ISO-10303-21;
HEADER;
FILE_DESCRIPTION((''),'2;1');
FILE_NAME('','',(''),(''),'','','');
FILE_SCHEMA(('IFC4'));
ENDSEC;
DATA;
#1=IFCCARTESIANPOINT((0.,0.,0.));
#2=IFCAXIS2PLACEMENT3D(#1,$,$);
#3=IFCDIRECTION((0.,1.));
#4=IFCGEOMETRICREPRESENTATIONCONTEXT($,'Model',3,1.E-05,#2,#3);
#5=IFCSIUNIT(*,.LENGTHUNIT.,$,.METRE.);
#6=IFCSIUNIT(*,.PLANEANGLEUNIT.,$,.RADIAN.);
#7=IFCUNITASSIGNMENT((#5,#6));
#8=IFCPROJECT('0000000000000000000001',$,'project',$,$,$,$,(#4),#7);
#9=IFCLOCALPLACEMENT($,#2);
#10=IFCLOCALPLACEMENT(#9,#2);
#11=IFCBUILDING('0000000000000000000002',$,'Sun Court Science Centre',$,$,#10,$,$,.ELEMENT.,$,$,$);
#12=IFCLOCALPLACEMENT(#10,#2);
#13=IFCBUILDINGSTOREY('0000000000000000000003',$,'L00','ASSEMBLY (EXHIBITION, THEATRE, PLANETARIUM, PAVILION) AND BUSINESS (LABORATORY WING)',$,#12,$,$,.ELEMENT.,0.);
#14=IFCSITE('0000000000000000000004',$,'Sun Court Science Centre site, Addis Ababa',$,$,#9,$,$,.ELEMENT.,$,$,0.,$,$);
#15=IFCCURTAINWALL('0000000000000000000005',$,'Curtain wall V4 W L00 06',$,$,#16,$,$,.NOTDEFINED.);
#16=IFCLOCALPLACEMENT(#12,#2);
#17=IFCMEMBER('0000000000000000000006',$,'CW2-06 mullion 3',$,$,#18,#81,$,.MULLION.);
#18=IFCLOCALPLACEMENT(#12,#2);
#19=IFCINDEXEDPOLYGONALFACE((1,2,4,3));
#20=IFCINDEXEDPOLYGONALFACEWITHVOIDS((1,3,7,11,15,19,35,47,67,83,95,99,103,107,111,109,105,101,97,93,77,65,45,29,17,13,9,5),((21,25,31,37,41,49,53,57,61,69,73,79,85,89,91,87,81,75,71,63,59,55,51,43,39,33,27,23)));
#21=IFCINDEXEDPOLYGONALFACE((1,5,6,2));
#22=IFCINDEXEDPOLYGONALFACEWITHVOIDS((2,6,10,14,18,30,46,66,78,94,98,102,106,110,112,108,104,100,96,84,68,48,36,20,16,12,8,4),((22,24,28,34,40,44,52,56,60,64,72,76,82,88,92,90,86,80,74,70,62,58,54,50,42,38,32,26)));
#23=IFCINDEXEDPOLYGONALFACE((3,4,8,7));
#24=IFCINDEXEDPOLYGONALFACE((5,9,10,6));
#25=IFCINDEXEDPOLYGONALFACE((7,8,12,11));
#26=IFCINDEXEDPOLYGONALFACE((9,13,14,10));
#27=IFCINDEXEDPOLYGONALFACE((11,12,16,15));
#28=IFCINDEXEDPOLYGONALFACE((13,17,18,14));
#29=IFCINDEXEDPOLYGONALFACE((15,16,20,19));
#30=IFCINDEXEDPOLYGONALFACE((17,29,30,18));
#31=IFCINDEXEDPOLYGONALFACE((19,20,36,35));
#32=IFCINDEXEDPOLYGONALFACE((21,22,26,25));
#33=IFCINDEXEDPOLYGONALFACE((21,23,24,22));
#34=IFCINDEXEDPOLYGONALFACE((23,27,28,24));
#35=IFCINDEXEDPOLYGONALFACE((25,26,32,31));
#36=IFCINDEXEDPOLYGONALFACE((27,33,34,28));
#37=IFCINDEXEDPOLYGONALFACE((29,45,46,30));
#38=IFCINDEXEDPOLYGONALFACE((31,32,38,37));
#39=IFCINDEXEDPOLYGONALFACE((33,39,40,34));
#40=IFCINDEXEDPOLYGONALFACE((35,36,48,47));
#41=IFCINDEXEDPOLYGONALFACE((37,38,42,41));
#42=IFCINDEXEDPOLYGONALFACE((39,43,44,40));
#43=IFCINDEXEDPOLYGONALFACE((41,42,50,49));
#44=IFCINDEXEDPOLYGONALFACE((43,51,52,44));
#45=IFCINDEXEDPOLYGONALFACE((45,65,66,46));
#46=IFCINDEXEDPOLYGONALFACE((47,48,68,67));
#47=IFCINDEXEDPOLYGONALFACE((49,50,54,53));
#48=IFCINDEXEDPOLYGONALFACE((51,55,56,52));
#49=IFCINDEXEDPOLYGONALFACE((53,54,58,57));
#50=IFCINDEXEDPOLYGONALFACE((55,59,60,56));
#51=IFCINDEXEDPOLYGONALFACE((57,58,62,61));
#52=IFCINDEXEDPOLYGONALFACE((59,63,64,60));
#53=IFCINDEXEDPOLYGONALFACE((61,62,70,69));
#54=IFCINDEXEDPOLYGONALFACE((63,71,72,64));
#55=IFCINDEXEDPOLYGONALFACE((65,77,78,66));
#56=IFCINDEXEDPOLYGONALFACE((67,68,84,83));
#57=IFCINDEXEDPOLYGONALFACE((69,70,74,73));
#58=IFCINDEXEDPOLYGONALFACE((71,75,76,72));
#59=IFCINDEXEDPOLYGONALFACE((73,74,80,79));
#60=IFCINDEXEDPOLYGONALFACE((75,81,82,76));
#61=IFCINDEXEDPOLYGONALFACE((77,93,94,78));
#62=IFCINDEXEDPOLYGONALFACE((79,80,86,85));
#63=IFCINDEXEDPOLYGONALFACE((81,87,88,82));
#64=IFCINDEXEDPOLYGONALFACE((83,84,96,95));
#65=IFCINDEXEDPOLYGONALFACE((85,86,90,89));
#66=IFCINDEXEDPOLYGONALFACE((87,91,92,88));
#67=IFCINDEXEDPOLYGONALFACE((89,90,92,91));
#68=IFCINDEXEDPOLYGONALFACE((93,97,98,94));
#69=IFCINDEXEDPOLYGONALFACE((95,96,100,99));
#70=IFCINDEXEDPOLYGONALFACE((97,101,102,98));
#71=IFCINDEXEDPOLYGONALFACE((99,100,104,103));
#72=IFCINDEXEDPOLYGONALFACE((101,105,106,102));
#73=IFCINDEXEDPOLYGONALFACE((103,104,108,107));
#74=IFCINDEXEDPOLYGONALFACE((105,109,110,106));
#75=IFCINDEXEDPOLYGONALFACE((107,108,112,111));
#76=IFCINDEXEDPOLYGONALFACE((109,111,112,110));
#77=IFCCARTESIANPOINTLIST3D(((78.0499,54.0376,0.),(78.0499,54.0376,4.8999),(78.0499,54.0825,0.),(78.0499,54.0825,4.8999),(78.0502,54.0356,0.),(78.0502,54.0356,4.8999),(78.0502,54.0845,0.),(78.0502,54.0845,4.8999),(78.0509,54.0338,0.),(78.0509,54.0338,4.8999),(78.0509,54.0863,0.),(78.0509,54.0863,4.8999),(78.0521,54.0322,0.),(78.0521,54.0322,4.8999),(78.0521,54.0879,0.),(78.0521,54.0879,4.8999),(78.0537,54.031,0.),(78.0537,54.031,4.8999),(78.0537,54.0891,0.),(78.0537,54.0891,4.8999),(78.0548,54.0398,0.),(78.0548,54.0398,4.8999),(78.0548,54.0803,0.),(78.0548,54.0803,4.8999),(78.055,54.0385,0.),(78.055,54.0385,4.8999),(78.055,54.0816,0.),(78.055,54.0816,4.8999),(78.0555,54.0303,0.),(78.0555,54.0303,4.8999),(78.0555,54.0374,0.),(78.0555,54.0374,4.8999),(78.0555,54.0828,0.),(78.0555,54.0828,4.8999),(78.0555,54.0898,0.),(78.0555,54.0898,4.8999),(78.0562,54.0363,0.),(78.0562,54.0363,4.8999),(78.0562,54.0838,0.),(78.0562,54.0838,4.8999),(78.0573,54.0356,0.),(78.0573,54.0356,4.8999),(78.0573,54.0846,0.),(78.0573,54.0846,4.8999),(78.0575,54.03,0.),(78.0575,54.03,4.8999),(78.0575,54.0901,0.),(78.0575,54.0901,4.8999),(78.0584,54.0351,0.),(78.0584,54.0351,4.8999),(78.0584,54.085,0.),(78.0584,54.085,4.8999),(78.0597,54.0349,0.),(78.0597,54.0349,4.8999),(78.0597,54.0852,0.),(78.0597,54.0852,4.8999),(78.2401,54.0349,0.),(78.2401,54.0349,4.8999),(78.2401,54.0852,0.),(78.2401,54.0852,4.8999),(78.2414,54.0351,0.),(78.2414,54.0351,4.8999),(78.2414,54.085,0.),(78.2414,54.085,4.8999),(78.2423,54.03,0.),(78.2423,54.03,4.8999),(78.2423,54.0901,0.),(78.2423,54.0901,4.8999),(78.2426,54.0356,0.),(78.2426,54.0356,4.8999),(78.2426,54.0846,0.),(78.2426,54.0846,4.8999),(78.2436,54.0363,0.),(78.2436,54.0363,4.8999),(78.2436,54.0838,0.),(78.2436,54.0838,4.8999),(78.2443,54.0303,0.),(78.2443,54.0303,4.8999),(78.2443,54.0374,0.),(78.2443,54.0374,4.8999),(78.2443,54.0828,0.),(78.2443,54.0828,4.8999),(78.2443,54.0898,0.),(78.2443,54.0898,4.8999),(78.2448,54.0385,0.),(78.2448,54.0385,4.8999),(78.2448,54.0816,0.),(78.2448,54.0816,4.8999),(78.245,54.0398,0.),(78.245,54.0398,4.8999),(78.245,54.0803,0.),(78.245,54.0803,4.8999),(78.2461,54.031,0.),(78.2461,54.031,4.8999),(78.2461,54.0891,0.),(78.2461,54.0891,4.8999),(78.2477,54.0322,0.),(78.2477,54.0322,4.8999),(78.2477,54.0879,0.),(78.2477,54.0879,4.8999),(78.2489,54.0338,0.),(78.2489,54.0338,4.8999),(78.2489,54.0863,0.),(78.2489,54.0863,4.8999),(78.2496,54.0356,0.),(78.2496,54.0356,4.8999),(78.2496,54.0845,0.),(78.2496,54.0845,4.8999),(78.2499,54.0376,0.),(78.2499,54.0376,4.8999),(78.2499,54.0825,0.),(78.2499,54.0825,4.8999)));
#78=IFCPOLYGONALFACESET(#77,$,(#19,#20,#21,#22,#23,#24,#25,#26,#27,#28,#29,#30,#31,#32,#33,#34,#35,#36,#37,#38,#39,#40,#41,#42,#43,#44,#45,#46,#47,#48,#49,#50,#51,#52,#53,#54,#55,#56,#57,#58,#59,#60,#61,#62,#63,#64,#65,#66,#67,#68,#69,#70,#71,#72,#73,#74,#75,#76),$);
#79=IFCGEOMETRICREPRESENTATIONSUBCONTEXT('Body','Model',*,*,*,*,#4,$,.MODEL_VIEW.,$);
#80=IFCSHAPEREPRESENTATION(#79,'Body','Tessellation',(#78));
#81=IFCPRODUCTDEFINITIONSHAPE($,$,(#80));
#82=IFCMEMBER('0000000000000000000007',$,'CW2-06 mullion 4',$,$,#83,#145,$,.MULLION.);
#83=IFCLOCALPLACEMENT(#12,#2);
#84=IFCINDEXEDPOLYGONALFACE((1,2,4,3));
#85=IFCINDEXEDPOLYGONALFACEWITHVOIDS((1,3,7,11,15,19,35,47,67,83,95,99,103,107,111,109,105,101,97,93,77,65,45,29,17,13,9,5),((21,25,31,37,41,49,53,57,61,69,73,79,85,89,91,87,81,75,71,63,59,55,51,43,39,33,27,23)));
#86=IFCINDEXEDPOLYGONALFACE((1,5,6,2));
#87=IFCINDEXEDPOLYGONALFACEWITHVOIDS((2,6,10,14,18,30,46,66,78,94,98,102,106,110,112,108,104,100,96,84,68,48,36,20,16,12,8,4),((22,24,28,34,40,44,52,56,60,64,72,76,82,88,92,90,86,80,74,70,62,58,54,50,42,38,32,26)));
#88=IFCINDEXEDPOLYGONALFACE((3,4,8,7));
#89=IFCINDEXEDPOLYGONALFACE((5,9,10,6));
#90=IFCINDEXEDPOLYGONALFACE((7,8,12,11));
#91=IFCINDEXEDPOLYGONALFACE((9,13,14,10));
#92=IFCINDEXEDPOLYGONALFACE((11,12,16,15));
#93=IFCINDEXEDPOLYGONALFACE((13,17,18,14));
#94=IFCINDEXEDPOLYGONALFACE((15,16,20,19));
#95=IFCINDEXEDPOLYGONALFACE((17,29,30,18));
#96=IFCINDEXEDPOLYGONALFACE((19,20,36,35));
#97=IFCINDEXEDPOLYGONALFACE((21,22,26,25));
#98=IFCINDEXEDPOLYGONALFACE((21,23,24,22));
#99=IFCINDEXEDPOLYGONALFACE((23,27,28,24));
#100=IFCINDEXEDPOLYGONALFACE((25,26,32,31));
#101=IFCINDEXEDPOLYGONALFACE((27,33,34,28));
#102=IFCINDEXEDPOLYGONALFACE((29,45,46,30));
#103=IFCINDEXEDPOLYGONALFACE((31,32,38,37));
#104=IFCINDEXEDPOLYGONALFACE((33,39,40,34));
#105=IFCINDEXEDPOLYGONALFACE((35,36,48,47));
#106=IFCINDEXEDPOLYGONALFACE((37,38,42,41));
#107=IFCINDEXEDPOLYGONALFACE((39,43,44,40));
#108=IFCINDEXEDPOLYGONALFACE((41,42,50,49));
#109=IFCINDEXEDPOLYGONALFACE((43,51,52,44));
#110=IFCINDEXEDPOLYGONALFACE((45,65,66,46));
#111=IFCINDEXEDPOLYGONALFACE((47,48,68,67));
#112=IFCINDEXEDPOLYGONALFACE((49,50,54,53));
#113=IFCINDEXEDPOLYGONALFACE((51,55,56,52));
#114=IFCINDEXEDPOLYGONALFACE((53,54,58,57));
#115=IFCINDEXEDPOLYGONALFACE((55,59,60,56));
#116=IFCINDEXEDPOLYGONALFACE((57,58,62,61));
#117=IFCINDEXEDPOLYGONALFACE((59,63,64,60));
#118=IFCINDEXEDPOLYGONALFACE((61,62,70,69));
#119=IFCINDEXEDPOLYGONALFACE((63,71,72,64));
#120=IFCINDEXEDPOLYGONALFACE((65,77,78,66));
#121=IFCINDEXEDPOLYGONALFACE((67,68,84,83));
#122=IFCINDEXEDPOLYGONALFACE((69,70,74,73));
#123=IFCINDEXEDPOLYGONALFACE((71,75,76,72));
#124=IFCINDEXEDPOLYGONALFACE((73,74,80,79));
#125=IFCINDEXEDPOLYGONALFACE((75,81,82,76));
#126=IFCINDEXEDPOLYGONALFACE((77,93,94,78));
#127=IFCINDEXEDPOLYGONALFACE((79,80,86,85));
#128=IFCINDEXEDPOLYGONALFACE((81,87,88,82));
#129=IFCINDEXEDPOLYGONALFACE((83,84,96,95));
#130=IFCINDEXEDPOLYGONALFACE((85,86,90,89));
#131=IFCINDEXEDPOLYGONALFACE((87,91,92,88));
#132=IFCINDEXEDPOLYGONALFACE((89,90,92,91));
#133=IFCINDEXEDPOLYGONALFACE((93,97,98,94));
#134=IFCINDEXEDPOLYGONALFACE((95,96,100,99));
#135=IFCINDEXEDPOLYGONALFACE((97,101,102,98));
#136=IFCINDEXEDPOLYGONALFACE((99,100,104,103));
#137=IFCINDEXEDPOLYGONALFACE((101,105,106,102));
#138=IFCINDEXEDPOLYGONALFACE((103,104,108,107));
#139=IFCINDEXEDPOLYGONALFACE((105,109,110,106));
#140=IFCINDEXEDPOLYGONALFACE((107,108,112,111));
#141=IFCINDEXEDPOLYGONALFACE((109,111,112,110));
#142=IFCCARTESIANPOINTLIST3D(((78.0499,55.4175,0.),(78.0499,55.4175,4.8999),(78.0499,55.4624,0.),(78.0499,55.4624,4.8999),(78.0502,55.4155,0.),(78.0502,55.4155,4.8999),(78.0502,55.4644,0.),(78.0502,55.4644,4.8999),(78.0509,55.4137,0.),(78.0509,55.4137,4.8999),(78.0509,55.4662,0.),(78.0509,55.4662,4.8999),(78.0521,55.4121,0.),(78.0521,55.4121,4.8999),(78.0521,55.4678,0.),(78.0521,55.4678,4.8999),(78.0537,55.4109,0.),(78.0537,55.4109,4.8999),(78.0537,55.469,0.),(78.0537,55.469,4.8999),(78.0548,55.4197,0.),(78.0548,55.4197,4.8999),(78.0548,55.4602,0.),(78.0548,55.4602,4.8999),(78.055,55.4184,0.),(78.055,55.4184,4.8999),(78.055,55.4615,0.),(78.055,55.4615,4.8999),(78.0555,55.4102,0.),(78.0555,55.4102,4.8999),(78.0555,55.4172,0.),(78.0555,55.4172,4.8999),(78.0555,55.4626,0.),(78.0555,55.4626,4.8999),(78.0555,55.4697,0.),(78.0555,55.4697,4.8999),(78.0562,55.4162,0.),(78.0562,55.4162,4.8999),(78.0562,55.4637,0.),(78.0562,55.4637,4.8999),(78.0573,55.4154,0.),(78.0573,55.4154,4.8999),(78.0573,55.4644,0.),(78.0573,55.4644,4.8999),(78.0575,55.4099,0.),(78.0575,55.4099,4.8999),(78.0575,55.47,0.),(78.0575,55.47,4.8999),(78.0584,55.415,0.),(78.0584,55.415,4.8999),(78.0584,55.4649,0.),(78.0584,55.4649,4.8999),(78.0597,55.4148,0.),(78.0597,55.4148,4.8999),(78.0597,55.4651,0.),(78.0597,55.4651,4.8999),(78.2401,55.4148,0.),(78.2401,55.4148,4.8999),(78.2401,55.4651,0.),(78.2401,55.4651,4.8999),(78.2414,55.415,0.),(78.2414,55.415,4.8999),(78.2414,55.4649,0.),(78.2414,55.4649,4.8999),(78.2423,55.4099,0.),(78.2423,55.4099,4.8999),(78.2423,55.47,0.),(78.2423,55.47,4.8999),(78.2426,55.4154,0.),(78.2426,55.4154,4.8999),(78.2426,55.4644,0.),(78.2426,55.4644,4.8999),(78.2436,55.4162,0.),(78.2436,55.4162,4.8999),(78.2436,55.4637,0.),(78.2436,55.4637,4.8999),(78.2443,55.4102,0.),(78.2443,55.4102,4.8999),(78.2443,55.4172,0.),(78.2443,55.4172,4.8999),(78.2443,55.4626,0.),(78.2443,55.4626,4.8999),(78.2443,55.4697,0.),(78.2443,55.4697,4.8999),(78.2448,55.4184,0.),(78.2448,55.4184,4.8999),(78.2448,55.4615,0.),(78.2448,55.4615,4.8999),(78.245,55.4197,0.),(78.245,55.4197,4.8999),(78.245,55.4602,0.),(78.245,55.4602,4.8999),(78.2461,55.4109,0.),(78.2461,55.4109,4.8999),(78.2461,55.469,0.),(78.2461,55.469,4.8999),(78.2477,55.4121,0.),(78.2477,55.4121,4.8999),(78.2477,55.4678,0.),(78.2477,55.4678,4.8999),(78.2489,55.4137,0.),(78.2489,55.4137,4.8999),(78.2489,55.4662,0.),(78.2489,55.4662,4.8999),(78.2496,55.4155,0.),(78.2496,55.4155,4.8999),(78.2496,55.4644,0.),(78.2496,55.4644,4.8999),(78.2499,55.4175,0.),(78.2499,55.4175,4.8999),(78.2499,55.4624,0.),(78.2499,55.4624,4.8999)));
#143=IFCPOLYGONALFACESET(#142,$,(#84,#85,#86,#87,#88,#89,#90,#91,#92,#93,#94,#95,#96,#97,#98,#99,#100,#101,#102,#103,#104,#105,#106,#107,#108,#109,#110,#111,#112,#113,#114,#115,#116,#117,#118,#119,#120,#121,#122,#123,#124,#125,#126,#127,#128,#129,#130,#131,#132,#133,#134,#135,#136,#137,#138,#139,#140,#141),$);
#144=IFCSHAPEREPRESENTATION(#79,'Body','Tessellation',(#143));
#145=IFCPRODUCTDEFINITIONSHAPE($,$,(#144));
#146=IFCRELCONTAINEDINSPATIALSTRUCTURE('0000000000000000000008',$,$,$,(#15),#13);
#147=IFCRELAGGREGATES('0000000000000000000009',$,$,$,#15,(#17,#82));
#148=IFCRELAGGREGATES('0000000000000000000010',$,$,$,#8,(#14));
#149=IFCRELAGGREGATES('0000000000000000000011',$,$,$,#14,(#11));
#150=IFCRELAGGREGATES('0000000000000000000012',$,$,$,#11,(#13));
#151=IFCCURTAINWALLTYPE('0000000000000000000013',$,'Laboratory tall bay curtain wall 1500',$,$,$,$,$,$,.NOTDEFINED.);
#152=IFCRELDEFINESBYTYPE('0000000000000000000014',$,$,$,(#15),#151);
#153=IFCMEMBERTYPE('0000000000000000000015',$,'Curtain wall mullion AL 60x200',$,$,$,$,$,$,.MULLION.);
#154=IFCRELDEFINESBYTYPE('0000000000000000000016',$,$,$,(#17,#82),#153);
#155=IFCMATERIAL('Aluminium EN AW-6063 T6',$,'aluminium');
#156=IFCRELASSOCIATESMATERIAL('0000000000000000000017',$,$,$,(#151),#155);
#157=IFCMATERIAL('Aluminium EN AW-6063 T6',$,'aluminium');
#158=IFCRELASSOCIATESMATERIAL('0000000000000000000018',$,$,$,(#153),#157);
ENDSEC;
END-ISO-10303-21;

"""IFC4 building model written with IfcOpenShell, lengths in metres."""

from ifc_helpers import new_model, si_unit, direction, frame, origin, origin_2d, place, context, subcontext, project, spatial, hollow_rectangle, extrude, material, material_profile, profile_set, type_object, element, aggregate, save


model = new_model("IFC4")

# Units and contexts
model_context = context("Model", 3, precision=1e-05, world=origin(), true_north=direction((0.0, 1.0)))
body_context = subcontext(model_context, "Body", "Model", "MODEL_VIEW")
ifc_project = project(units=[si_unit("LENGTHUNIT", "METRE"), si_unit("PLANEANGLEUNIT", "RADIAN")], contexts=[model_context])

# Site, building, storey
site_placement = place(None, origin())
site = spatial("IfcSite", under=ifc_project, at=site_placement, Name="Sun Court Science Centre site, Addis Ababa", CompositionType="ELEMENT", RefElevation=0.0)
building_placement = place(site_placement, origin())
building = spatial("IfcBuilding", under=site, at=building_placement, Name="Sun Court Science Centre", CompositionType="ELEMENT")
storey_placement = place(building_placement, origin())
storey = spatial("IfcBuildingStorey", under=building, at=storey_placement, Name="L00", Description="ASSEMBLY (EXHIBITION, THEATRE, PLANETARIUM, PAVILION) AND BUSINESS (LABORATORY WING)", CompositionType="ELEMENT", Elevation=0.0)

# Curtain wall, members
ifc_material_1 = material(Name="Aluminium EN AW-6063 T6", Category="aluminium")
curtain_wall_type = type_object("IfcCurtainWallType", Name="Laboratory tall bay curtain wall 1500", PredefinedType="NOTDEFINED", material=ifc_material_1)
curtain_wall_placement = place(storey_placement, origin())
curtain_wall = element("IfcCurtainWall", 1, at=curtain_wall_placement, inside=storey, type_object=curtain_wall_type, Name="Curtain wall V4 W L00 06", PredefinedType="NOTDEFINED")
ifc_material_2 = material(Name="Aluminium EN AW-6063 T6", Category="aluminium")
ifc_material_profile_1 = material_profile(ifc_material_2, hollow_rectangle(XDim=0.0601, YDim=0.2, WallThickness=0.0049, InnerFilletRadius=0.0049, OuterFilletRadius=0.0076, at=origin_2d()), Name="AL 60x200x5")
ifc_profile_set_1 = profile_set([ifc_material_profile_1], Name="Aluminium EN AW-6063 T6")
member_type_1 = type_object("IfcMemberType", Name="Curtain wall mullion AL 60x200", PredefinedType="MULLION", material=ifc_profile_set_1)
member_1_placement = place(storey_placement, frame((78.1499, 54.0601, 0.0), z_axis=(0.0, 0.0, 1.0), x_axis=(0.0, 1.0, 0.0)))
member_1 = element("IfcMember", 2, at=member_1_placement, type_object=member_type_1, Name="CW2-06 mullion 3", PredefinedType="MULLION", context=body_context, shape_type="SweptSolid", body=[
    extrude(hollow_rectangle(XDim=0.0601, YDim=0.2, WallThickness=0.0049, InnerFilletRadius=0.0049, OuterFilletRadius=0.0076, at=origin_2d()), origin(), (0.0, 0.0, 1.0), 4.8999),
])
member_2_placement = place(storey_placement, frame((78.1499, 55.4399, 0.0), z_axis=(0.0, 0.0, 1.0), x_axis=(0.0, 1.0, 0.0)))
member_2 = element("IfcMember", 3, at=member_2_placement, type_object=member_type_1, Name="CW2-06 mullion 4", PredefinedType="MULLION", context=body_context, shape_type="SweptSolid", body=[
    extrude(hollow_rectangle(XDim=0.0601, YDim=0.2, WallThickness=0.0049, InnerFilletRadius=0.0049, OuterFilletRadius=0.0076, at=origin_2d()), origin(), (0.0, 0.0, 1.0), 4.8999),
])
aggregate(curtain_wall, [member_1, member_2])

save(model, "model.ifc")
